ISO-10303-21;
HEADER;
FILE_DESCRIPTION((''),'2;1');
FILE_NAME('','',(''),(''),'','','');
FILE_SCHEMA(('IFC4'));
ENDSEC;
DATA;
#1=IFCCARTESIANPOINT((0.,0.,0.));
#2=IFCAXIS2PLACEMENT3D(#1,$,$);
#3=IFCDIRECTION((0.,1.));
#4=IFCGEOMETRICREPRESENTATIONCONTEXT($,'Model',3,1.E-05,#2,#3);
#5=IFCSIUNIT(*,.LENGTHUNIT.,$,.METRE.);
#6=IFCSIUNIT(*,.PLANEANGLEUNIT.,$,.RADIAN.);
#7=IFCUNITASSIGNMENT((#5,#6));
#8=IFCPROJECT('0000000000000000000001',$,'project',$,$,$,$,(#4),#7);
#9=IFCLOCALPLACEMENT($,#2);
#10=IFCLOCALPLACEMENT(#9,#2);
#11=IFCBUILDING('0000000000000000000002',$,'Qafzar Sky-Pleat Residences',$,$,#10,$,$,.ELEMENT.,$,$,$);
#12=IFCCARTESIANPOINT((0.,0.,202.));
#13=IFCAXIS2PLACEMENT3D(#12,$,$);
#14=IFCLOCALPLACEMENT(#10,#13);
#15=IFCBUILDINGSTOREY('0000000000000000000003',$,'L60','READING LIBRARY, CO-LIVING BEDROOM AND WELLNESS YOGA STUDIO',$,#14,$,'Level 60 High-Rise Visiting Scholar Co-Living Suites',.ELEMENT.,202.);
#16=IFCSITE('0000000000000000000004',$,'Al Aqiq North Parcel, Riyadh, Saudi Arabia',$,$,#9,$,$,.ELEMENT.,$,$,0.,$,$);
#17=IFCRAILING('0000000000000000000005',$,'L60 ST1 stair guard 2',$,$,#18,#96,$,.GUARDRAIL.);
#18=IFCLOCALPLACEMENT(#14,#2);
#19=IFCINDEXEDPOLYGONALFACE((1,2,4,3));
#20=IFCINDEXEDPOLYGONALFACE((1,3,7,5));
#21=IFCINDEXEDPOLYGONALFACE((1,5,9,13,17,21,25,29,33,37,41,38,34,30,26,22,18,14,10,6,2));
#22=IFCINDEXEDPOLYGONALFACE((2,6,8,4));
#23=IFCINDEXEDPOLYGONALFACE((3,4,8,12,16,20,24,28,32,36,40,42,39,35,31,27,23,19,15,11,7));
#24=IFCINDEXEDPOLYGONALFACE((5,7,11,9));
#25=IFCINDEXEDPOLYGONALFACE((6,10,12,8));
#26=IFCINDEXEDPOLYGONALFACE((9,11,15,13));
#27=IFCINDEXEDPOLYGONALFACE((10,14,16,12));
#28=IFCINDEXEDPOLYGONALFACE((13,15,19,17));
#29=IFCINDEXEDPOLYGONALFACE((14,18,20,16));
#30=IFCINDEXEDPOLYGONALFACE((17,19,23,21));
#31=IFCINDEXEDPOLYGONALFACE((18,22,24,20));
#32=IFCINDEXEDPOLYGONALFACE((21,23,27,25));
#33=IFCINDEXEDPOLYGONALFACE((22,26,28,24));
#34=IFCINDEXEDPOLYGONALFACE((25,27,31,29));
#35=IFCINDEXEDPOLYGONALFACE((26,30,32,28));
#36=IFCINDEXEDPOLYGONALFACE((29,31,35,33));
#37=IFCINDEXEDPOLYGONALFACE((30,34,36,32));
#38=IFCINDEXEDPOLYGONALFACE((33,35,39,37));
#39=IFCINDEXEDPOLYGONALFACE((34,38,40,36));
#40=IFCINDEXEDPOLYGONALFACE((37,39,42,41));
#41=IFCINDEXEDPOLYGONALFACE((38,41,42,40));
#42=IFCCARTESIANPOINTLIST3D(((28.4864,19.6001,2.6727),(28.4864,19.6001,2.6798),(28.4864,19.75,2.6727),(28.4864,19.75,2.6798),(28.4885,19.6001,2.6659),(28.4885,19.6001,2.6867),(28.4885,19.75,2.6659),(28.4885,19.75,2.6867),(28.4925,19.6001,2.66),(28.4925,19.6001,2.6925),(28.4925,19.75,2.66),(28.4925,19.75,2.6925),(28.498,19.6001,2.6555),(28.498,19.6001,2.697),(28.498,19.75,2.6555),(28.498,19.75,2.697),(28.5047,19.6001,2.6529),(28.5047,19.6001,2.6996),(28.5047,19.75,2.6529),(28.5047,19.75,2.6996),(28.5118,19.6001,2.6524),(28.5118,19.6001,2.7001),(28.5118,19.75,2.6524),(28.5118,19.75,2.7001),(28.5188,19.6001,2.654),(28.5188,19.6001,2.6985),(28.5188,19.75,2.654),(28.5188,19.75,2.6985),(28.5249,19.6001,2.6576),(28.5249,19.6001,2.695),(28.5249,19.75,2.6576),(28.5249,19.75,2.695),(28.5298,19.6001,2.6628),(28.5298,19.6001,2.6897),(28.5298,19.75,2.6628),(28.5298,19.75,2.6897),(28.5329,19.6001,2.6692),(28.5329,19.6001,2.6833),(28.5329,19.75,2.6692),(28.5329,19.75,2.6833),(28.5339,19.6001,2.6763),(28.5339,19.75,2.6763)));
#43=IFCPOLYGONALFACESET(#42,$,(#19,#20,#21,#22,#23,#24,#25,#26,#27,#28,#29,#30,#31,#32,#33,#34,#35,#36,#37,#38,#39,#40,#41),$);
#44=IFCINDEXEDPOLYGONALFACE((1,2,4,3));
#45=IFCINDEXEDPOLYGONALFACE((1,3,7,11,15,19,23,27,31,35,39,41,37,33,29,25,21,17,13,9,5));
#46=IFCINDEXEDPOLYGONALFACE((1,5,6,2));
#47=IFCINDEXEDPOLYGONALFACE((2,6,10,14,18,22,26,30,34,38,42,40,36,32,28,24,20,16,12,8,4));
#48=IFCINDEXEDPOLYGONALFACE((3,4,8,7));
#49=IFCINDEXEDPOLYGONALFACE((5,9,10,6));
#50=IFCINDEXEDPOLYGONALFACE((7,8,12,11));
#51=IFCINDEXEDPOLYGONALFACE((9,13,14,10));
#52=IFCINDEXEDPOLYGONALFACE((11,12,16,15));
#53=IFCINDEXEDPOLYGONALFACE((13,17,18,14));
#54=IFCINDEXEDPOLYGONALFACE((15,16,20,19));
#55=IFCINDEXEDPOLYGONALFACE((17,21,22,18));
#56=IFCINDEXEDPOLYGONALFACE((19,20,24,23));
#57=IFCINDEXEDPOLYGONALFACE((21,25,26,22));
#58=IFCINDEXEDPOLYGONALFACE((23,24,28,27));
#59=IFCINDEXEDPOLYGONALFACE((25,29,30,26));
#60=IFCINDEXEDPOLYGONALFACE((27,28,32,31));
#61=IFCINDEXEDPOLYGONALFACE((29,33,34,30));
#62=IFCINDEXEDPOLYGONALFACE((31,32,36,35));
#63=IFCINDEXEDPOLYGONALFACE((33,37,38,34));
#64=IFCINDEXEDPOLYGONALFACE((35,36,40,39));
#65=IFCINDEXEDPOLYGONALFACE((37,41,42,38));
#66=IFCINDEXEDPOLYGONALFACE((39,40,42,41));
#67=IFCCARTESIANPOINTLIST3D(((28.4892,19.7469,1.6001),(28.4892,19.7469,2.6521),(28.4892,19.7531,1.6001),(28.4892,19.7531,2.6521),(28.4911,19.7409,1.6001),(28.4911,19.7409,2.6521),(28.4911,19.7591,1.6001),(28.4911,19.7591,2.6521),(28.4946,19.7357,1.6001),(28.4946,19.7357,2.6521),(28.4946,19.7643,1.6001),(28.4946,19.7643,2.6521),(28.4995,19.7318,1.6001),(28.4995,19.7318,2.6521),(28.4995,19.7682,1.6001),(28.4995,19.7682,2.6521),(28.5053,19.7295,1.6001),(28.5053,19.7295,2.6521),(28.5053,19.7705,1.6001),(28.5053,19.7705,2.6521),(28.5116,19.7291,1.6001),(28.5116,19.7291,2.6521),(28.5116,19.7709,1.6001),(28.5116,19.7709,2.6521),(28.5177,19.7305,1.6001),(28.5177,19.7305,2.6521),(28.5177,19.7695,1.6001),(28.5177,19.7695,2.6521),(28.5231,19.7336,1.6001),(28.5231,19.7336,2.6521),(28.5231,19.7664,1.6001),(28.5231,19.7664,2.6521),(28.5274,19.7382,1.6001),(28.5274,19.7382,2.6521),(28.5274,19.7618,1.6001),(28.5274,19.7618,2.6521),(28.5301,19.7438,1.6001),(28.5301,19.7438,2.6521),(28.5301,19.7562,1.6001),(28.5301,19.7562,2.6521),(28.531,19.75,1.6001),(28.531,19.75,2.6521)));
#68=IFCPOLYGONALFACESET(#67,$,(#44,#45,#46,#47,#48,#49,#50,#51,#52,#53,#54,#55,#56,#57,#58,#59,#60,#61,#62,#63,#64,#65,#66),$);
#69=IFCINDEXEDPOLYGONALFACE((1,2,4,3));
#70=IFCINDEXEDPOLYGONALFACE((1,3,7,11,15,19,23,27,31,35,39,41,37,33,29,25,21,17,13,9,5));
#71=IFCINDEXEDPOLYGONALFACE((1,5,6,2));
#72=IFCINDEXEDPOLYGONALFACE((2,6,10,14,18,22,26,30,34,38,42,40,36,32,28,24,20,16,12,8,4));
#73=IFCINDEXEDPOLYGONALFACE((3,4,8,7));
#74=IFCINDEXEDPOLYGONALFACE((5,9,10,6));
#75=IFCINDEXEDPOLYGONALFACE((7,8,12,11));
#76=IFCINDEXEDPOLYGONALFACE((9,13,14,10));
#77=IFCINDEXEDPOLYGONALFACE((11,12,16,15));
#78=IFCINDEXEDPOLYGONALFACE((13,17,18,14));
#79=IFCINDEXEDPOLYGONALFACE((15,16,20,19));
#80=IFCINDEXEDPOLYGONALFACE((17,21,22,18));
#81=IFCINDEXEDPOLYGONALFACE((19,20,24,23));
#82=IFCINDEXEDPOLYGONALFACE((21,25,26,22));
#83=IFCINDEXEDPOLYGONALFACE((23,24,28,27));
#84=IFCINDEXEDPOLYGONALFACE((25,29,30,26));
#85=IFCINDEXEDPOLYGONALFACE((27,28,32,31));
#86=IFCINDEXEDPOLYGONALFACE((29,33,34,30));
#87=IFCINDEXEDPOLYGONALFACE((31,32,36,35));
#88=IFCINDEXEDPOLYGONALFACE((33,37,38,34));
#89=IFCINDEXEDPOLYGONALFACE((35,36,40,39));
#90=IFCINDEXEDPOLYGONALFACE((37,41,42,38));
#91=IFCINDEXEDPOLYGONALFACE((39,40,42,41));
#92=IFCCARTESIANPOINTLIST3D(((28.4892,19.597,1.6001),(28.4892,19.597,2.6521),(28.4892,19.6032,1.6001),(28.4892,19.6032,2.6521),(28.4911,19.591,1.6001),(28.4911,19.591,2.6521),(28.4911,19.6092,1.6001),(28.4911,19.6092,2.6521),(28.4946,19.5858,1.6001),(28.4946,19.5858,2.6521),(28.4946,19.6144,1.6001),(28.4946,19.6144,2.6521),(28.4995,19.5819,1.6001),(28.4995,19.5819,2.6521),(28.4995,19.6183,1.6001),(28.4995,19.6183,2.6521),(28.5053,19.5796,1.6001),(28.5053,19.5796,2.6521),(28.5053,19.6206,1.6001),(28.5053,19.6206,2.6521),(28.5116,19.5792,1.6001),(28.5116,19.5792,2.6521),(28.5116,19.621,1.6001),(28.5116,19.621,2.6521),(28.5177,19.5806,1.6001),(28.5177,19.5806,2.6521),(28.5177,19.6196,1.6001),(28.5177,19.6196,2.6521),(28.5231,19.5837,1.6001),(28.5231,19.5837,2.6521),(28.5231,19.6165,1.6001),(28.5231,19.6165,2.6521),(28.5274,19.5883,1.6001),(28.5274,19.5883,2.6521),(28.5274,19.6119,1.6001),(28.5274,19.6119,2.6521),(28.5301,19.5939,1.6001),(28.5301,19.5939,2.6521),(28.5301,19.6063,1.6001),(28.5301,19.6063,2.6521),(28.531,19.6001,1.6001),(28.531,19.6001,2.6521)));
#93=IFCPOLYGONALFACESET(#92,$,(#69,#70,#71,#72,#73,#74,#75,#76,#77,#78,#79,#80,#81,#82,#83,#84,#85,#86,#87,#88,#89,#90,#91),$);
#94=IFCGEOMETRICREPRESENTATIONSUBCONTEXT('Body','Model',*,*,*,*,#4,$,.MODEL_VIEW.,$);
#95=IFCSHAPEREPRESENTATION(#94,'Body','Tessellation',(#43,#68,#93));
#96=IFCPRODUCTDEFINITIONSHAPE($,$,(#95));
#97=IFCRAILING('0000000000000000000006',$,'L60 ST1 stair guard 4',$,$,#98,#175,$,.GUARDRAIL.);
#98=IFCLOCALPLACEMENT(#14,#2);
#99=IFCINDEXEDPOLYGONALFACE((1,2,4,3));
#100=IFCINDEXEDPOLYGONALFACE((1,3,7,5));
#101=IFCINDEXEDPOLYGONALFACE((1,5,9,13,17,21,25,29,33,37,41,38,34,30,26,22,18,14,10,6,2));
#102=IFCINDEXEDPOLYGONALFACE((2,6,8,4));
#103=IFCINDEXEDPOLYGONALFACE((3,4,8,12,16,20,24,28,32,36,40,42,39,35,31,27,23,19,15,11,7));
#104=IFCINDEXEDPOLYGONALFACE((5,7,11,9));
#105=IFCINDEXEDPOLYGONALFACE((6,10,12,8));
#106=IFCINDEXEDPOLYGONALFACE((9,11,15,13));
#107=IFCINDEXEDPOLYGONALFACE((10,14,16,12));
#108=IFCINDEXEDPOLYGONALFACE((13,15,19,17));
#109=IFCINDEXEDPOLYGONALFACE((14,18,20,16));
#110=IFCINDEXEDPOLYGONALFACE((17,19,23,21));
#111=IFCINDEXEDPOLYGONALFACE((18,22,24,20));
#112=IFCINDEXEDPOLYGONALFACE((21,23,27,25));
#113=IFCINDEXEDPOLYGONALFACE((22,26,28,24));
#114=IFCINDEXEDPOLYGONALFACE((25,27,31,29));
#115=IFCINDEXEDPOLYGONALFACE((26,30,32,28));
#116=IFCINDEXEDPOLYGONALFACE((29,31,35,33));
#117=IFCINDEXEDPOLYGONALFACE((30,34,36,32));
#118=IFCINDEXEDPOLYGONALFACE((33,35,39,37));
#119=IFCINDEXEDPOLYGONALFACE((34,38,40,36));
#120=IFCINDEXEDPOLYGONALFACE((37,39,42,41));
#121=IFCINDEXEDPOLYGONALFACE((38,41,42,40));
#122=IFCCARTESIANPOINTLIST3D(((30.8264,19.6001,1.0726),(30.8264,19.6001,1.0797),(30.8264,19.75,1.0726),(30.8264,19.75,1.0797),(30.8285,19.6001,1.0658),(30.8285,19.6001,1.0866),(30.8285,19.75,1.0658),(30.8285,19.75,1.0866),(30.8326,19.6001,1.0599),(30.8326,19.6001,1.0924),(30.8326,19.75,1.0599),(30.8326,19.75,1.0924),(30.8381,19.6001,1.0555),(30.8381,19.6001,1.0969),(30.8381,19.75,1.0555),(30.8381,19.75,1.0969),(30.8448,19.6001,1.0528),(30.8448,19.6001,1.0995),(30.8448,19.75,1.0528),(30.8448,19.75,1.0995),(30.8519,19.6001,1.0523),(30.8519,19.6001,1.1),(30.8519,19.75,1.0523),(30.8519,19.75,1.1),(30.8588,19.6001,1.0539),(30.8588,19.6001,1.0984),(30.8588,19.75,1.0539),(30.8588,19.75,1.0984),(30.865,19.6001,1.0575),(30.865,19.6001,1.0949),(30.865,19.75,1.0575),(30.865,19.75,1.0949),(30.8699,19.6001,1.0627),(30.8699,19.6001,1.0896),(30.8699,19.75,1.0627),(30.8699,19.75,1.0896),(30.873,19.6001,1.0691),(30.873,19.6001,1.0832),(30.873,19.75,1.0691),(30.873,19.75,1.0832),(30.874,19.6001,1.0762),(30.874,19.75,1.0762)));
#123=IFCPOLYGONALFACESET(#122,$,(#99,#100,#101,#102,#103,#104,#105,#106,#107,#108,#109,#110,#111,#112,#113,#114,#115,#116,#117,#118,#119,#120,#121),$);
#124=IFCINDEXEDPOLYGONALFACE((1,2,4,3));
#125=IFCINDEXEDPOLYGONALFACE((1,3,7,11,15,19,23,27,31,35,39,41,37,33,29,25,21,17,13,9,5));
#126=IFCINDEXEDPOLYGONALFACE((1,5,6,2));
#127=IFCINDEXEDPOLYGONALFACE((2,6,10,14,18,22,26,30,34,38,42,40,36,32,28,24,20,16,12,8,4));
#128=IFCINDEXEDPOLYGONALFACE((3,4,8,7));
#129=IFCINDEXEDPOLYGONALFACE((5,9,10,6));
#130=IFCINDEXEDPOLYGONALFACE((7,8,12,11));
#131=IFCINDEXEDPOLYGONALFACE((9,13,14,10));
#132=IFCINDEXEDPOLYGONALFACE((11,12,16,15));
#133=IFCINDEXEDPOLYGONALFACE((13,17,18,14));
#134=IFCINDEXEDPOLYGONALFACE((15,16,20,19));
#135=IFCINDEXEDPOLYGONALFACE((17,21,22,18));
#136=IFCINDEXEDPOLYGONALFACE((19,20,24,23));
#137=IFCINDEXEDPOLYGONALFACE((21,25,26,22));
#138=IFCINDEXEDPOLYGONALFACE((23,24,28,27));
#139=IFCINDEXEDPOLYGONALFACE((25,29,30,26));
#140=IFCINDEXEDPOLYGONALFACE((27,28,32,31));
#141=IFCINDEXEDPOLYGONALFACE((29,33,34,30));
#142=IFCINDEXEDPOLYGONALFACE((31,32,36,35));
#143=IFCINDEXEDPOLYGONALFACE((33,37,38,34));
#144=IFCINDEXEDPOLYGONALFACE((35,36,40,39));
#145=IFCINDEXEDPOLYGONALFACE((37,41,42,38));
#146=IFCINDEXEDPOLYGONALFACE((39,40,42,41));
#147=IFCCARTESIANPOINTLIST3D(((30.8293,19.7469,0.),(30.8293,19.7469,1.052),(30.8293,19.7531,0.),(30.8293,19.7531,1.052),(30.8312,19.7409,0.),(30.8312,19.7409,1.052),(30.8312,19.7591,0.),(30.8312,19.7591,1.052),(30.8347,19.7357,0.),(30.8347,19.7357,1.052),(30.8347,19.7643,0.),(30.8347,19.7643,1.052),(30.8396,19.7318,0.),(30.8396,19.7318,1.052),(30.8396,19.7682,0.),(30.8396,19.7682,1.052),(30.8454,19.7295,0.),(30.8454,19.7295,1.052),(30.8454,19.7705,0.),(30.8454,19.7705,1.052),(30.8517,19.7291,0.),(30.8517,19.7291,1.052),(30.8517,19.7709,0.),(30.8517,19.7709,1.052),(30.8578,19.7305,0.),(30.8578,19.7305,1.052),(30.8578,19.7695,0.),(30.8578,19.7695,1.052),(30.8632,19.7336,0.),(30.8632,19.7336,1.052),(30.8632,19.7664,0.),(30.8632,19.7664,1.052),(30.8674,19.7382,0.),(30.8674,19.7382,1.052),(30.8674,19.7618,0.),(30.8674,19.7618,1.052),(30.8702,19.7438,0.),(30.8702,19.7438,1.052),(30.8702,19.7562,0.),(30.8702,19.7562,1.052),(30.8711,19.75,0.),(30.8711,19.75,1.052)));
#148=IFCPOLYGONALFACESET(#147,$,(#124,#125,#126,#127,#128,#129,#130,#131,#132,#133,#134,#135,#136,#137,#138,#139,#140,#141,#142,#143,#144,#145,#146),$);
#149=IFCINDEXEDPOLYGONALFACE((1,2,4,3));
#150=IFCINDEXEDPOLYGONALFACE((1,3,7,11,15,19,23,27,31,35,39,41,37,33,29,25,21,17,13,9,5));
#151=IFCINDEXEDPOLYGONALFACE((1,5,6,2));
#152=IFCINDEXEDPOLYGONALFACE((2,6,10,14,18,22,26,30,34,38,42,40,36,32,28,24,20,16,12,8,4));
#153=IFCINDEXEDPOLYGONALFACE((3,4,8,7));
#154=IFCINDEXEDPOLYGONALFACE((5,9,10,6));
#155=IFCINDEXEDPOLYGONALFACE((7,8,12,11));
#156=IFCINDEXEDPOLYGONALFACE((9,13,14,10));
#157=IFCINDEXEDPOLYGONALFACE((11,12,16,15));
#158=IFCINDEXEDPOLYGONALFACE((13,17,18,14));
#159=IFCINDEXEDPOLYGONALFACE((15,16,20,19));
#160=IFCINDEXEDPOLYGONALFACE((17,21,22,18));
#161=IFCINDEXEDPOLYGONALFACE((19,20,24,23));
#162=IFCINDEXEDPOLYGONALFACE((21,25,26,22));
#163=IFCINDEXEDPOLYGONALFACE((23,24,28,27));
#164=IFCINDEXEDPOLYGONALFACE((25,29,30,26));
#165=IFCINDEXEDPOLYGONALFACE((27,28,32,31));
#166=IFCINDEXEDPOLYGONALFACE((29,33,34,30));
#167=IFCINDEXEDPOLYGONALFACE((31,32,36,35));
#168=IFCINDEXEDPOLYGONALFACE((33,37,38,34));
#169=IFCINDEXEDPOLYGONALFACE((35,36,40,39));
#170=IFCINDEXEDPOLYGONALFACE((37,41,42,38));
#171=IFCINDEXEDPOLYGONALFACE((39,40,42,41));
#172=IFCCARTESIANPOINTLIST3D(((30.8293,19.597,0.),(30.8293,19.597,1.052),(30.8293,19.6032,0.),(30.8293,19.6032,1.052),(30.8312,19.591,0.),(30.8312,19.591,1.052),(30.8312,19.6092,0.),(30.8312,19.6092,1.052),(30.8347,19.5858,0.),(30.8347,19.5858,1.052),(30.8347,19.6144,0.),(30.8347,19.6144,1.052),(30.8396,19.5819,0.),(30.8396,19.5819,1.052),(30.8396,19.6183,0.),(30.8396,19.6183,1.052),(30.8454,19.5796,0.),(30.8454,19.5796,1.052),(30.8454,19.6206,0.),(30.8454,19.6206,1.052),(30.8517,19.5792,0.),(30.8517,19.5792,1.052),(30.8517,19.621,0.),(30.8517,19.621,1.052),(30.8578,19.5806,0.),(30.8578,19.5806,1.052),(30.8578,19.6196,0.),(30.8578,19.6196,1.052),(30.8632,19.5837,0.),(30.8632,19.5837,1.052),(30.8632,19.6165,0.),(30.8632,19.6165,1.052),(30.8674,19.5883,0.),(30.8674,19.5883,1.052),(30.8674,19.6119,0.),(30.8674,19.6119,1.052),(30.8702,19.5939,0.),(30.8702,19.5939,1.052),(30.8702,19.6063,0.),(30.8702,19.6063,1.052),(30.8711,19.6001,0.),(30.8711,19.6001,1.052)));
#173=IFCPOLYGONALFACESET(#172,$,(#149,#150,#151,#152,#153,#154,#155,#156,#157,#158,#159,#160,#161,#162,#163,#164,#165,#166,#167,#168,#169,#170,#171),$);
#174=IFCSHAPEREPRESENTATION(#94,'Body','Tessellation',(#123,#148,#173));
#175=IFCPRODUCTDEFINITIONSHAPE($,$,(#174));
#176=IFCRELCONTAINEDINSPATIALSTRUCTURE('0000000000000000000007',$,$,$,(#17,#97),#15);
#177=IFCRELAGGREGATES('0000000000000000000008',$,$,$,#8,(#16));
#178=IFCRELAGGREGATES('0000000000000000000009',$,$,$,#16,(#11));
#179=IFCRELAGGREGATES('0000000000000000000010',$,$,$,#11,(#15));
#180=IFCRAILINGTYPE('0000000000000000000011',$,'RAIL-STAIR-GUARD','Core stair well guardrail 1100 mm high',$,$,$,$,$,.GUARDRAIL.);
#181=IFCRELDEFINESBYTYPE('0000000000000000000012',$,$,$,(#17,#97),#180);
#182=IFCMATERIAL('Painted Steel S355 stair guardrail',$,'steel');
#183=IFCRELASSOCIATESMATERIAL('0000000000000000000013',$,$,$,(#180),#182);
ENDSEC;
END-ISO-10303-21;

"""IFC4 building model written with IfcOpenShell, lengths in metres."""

from ifc_helpers import new_model, si_unit, direction, frame, origin, origin_2d, place, context, subcontext, project, spatial, circle, extrude, source, transform, mapped, material, type_object, element, save


model = new_model("IFC4")

# Units and contexts
model_context = context("Model", 3, precision=1e-05, world=origin(), true_north=direction((0.0, 1.0)))
body_context = subcontext(model_context, "Body", "Model", "MODEL_VIEW")
ifc_project = project(units=[si_unit("LENGTHUNIT", "METRE"), si_unit("PLANEANGLEUNIT", "RADIAN")], contexts=[model_context])

# Site, building, storey
site_placement = place(None, origin())
site = spatial("IfcSite", under=ifc_project, at=site_placement, Name="Al Aqiq North Parcel, Riyadh, Saudi Arabia", CompositionType="ELEMENT", RefElevation=0.0)
building_placement = place(site_placement, origin())
building = spatial("IfcBuilding", under=site, at=building_placement, Name="Qafzar Sky-Pleat Residences", CompositionType="ELEMENT")
storey_placement = place(building_placement, frame((0.0, 0.0, 202.0)))
storey = spatial("IfcBuildingStorey", under=building, at=storey_placement, Name="L60", Description="READING LIBRARY, CO-LIVING BEDROOM AND WELLNESS YOGA STUDIO", LongName="Level 60 High-Rise Visiting Scholar Co-Living Suites", CompositionType="ELEMENT", Elevation=202.0)

# Railings
ifc_material_1 = material(Name="Painted Steel S355 stair guardrail", Category="steel")
railing_type_1 = type_object("IfcRailingType", Name="RAIL-STAIR-GUARD", Description="Core stair well guardrail 1100 mm high", PredefinedType="GUARDRAIL", material=ifc_material_1)
shared_shape_1 = source(origin(), body_context, "Body", "SweptSolid", [
    extrude(circle(Radius=0.0239, at=origin_2d()), frame((0.0, 0.0, 1.0762), z_axis=(0.0, -1.0, 0.0), x_axis=(1.0, 0.0, 0.0)), (0.0, 0.0, 1.0), 0.1499),
    extrude(circle(Radius=0.021, at=origin_2d()), origin(), (0.0, 0.0, 1.0), 1.052),
    extrude(circle(Radius=0.021, at=origin_2d()), frame((0.0, -0.1499, 0.0)), (0.0, 0.0, 1.0), 1.052),
])
for number, where, name in (
    (1, (28.51, 19.75, 1.6001), "L60 ST1 stair guard 2"),
    (2, (30.8501, 19.75, 0.0), "L60 ST1 stair guard 4"),
):
    element("IfcRailing", number, at=place(storey_placement, frame(where)), inside=storey, type_object=railing_type_1, Name=name, PredefinedType="GUARDRAIL", context=body_context, shape_type="MappedRepresentation", body=[
        mapped(shared_shape_1, transform((0.0, 0.0, 0.0), x_axis=(1.0, 0.0, 0.0), y_axis=(0.0, 1.0, 0.0), z_axis=(0.0, 0.0, 1.0), scale=1.0)),
    ])

save(model, "model.ifc")
